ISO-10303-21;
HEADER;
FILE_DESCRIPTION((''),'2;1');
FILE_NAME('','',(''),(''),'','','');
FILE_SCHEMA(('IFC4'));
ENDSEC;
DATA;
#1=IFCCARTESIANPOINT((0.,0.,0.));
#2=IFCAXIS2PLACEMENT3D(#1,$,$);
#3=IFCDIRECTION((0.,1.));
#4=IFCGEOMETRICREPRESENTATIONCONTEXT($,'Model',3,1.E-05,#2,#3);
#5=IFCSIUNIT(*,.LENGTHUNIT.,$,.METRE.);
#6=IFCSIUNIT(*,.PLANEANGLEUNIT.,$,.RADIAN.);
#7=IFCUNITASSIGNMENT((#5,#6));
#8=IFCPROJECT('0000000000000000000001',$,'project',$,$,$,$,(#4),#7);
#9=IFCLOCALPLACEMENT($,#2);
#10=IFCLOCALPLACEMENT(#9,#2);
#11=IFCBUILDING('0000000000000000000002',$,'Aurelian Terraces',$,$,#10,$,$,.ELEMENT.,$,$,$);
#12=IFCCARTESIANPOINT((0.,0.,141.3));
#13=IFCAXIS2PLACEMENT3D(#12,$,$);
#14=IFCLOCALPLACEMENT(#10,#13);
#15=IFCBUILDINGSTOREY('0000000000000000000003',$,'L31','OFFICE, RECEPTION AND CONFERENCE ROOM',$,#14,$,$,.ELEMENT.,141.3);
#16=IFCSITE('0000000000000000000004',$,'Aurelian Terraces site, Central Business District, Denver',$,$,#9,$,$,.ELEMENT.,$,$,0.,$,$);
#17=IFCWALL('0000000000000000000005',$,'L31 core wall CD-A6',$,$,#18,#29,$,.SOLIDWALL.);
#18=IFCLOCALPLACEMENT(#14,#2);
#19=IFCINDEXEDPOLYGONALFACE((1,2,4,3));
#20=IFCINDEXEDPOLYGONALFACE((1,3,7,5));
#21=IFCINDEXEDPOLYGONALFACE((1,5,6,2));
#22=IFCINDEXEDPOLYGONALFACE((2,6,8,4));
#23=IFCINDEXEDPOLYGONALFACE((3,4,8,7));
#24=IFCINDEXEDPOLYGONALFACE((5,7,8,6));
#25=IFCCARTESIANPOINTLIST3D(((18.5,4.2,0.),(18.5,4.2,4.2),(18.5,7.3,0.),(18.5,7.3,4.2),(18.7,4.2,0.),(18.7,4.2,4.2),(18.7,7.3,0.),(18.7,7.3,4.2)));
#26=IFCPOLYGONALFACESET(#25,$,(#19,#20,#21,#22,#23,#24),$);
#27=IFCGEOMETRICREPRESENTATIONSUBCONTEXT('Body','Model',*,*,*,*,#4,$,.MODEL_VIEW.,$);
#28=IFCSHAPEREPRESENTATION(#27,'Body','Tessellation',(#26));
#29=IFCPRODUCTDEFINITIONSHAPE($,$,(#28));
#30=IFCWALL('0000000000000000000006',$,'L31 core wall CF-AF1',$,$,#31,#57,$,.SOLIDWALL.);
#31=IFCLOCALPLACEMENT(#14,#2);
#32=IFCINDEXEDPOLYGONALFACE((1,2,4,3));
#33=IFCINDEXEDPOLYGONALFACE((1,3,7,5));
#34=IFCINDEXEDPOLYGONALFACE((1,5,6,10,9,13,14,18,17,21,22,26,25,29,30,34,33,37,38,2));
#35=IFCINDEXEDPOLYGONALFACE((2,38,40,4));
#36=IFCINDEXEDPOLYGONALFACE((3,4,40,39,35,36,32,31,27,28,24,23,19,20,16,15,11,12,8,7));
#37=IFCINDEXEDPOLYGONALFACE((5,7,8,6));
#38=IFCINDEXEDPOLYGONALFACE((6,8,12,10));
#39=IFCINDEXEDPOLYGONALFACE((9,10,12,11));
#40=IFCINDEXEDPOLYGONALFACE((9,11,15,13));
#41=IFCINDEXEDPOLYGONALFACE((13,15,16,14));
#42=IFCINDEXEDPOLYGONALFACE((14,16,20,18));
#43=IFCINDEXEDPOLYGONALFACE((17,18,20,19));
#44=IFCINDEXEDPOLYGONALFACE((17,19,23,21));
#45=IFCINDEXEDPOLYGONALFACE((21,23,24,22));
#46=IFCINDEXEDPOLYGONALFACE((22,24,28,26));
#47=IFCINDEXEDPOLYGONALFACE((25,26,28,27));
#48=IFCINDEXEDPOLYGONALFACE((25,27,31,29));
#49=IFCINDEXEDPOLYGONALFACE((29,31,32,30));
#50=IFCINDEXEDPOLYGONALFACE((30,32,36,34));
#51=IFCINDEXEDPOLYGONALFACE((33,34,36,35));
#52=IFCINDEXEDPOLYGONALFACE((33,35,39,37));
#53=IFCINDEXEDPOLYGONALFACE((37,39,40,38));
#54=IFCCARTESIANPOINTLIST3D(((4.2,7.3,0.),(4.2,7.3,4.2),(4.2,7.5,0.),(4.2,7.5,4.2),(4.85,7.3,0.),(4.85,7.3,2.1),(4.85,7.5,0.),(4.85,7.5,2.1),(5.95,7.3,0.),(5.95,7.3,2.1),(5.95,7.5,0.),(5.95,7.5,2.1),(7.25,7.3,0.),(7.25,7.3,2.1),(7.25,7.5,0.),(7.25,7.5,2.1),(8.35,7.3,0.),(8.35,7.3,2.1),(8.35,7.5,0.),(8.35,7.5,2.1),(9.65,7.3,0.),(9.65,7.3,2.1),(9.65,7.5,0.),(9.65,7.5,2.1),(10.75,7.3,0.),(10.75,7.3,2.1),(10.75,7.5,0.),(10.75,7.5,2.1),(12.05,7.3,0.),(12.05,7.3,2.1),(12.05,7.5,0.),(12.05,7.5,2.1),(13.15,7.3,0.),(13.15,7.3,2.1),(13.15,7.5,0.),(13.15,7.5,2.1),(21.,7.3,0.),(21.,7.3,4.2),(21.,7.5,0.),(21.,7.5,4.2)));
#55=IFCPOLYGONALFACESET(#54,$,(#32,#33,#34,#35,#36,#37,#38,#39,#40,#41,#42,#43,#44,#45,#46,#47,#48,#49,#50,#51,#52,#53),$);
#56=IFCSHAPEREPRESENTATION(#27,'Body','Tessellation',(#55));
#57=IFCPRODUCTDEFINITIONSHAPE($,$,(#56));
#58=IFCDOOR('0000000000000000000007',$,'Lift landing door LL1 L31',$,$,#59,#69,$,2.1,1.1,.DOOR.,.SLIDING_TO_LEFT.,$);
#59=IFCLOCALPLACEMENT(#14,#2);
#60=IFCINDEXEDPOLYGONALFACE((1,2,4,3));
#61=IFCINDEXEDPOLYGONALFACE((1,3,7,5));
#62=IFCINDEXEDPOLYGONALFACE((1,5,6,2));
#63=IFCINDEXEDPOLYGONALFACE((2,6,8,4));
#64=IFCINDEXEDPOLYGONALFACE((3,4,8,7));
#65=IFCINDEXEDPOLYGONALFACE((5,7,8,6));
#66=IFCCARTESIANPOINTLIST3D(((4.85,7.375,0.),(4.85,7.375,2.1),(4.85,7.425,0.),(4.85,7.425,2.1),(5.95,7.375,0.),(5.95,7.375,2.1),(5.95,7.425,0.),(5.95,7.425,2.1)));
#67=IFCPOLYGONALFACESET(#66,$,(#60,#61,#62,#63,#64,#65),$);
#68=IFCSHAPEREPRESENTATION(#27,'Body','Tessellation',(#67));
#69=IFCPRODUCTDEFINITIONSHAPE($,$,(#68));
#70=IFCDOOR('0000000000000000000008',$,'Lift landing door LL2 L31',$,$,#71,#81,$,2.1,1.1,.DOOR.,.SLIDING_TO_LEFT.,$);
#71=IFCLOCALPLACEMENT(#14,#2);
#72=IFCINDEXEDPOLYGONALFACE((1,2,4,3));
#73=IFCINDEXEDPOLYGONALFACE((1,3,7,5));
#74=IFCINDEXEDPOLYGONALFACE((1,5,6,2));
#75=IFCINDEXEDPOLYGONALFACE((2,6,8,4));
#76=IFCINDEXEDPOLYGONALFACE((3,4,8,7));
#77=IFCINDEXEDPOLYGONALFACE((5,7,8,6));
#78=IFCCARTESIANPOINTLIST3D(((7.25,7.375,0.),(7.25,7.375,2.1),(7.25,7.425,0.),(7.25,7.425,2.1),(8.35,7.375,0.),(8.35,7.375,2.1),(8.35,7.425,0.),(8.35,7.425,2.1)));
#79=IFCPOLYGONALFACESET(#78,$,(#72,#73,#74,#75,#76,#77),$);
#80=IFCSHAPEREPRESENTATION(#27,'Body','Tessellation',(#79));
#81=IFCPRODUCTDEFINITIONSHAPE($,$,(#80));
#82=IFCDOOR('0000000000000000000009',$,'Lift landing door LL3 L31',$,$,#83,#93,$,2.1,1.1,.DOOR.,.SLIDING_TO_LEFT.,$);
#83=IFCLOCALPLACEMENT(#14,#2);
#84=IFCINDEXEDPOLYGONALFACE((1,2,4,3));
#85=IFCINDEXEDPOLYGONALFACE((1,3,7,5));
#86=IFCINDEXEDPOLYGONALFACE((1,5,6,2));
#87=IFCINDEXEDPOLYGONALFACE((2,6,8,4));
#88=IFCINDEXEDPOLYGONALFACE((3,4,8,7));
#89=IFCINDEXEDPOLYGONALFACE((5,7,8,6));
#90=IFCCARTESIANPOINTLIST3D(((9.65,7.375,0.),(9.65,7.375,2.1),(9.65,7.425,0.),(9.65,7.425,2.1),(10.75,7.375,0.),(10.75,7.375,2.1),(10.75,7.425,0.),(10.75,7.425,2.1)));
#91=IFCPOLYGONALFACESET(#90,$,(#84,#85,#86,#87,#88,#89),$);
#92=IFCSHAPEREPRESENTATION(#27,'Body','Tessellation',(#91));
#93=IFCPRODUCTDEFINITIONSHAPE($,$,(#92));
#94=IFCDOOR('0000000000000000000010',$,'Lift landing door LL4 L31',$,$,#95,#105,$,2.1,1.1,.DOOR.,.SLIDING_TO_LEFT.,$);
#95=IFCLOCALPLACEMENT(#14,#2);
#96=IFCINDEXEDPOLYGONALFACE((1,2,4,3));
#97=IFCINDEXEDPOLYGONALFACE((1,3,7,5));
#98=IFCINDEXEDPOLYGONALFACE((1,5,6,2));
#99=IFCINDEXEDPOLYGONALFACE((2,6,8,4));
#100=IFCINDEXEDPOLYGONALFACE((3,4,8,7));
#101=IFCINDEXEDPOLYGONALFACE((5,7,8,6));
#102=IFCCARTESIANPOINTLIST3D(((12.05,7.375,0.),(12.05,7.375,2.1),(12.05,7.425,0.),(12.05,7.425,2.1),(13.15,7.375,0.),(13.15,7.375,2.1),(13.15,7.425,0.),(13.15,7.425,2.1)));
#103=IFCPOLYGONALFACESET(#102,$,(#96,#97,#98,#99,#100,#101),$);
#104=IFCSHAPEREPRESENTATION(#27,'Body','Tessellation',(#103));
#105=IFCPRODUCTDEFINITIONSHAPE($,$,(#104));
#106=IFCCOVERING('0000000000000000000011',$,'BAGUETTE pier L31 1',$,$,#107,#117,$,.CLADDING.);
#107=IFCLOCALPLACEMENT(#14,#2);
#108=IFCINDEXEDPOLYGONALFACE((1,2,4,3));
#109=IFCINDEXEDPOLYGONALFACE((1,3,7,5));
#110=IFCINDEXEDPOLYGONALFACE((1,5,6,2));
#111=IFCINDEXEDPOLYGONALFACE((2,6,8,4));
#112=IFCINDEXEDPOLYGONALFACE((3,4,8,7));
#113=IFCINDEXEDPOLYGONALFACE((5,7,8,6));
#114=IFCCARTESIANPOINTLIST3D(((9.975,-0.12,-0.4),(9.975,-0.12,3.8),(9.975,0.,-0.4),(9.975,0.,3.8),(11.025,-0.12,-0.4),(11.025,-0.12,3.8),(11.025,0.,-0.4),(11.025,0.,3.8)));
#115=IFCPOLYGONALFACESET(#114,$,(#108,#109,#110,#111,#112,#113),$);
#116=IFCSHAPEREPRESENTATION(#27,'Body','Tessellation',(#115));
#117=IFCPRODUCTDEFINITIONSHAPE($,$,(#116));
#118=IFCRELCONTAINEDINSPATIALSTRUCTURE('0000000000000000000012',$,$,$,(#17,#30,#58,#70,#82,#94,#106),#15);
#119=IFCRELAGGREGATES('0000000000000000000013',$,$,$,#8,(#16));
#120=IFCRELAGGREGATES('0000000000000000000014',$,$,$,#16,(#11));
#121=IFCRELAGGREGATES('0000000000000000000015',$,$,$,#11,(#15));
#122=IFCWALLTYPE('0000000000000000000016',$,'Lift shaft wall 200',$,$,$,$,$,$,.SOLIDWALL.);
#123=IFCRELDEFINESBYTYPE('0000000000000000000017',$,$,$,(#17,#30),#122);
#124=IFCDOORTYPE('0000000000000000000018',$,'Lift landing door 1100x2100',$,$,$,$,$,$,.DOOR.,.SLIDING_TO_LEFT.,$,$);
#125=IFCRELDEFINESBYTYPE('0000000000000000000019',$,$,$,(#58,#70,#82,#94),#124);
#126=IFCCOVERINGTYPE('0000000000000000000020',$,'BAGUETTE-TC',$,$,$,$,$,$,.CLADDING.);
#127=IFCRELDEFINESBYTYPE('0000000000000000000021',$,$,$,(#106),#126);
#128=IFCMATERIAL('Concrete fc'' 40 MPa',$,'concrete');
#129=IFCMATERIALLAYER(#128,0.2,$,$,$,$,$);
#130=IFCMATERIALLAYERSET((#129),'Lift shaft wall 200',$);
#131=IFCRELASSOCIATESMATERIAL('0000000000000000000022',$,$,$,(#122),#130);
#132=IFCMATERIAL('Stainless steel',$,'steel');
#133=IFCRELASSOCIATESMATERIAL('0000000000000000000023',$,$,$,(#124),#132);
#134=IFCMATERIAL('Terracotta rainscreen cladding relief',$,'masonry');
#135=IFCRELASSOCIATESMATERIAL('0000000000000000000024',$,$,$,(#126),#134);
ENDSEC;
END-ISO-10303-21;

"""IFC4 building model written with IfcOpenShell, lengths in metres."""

from ifc_helpers import new_model, si_unit, direction, frame, frame_2d, origin, origin_2d, place, context, subcontext, project, spatial, rectangle, extrude, source, transform, mapped, material, layer, layer_set, type_object, element, fill, save


model = new_model("IFC4")

# Units and contexts
model_context = context("Model", 3, precision=1e-05, world=origin(), true_north=direction((0.0, 1.0)))
body_context = subcontext(model_context, "Body", "Model", "MODEL_VIEW")
ifc_project = project(units=[si_unit("LENGTHUNIT", "METRE"), si_unit("PLANEANGLEUNIT", "RADIAN")], contexts=[model_context])

# Site, building, storey
site_placement = place(None, origin())
site = spatial("IfcSite", under=ifc_project, at=site_placement, Name="Aurelian Terraces site, Central Business District, Denver", CompositionType="ELEMENT", RefElevation=0.0)
building_placement = place(site_placement, origin())
building = spatial("IfcBuilding", under=site, at=building_placement, Name="Aurelian Terraces", CompositionType="ELEMENT")
storey_placement = place(building_placement, frame((0.0, 0.0, 141.3)))
storey = spatial("IfcBuildingStorey", under=building, at=storey_placement, Name="L31", Description="OFFICE, RECEPTION AND CONFERENCE ROOM", CompositionType="ELEMENT", Elevation=141.3)

# Wall
ifc_material_1 = material(Name="Concrete fc' 40 MPa", Category="concrete")
ifc_layer_1 = layer(ifc_material_1, 0.2)
ifc_layer_set_1 = layer_set([ifc_layer_1], Name="Lift shaft wall 200")
wall_type_1 = type_object("IfcWallType", Name="Lift shaft wall 200", PredefinedType="SOLIDWALL", material=ifc_layer_set_1)
shared_shape_1 = source(origin(), body_context, "Body", "SweptSolid", [
    extrude(rectangle(XDim=3.1, YDim=0.2, at=frame_2d((1.55, 0.0))), origin(), (0.0, 0.0, 1.0), 4.2),
])
for number, where, z_axis, x_axis, name in (
    (1, (18.6, 4.2, 0.0), (0.0, 0.0, 1.0), (0.0, 1.0, 0.0), "L31 core wall CD-A6"),
):
    element("IfcWall", number, at=place(storey_placement, frame(where, z_axis=z_axis, x_axis=x_axis)), inside=storey, type_object=wall_type_1, Name=name, PredefinedType="SOLIDWALL", context=body_context, shape_type="MappedRepresentation", body=[
        mapped(shared_shape_1, transform((0.0, 0.0, 0.0), scale=1.0)),
    ])

# Wall, openings, doors
shared_shape_2 = source(origin(), body_context, "Body", "SweptSolid", [
    extrude(rectangle(XDim=16.8, YDim=0.2, at=frame_2d((8.4, 0.0))), origin(), (0.0, 0.0, 1.0), 4.2),
])
wall_1_placement = place(storey_placement, frame((4.2, 7.4, 0.0), z_axis=(0.0, 0.0, 1.0), x_axis=(1.0, 0.0, 0.0)))
wall_1 = element("IfcWall", 2, at=wall_1_placement, inside=storey, type_object=wall_type_1, Name="L31 core wall CF-AF1", PredefinedType="SOLIDWALL", context=body_context, shape_type="MappedRepresentation", body=[
    mapped(shared_shape_2, transform((0.0, 0.0, 0.0), scale=1.0)),
])
shared_shape_3 = source(origin(), body_context, "Body", "SweptSolid", [
    extrude(rectangle(XDim=1.1, YDim=2.1, at=frame_2d((0.55, 1.05))), frame((0.0, 0.11, 0.0), z_axis=(0.0, -1.0, 0.0), x_axis=(1.0, 0.0, 0.0)), (0.0, 0.0, 1.0), 0.22),
])
opening_1_placement = place(wall_1_placement, frame((0.65, 0.0, 0.0)))
opening_1 = element("IfcOpeningElement", 3, at=opening_1_placement, cuts=wall_1, PredefinedType="OPENING", context=body_context, shape_type="MappedRepresentation", body=[
    mapped(shared_shape_3, transform((0.0, 0.0, 0.0), scale=1.0)),
])
opening_2_placement = place(wall_1_placement, frame((3.05, 0.0, 0.0)))
opening_2 = element("IfcOpeningElement", 4, at=opening_2_placement, cuts=wall_1, PredefinedType="OPENING", context=body_context, shape_type="MappedRepresentation", body=[
    mapped(shared_shape_3, transform((0.0, 0.0, 0.0), scale=1.0)),
])
opening_3_placement = place(wall_1_placement, frame((5.45, 0.0, 0.0)))
opening_3 = element("IfcOpeningElement", 5, at=opening_3_placement, cuts=wall_1, PredefinedType="OPENING", context=body_context, shape_type="MappedRepresentation", body=[
    mapped(shared_shape_3, transform((0.0, 0.0, 0.0), scale=1.0)),
])
opening_4_placement = place(wall_1_placement, frame((7.85, 0.0, 0.0)))
opening_4 = element("IfcOpeningElement", 6, at=opening_4_placement, cuts=wall_1, PredefinedType="OPENING", context=body_context, shape_type="MappedRepresentation", body=[
    mapped(shared_shape_3, transform((0.0, 0.0, 0.0), scale=1.0)),
])
ifc_material_2 = material(Name="Stainless steel", Category="steel")
door_type_1 = type_object("IfcDoorType", Name="Lift landing door 1100x2100", OperationType="SLIDING_TO_LEFT", PredefinedType="DOOR", material=ifc_material_2)
shared_shape_4 = source(origin(), body_context, "Body", "SweptSolid", [
    extrude(rectangle(XDim=1.1, YDim=2.1, at=frame_2d((0.55, 1.05))), frame((0.0, 0.025, 0.0), z_axis=(0.0, -1.0, 0.0), x_axis=(1.0, 0.0, 0.0)), (0.0, 0.0, 1.0), 0.05),
])
door_1_placement = place(opening_1_placement, origin())
door_1 = element("IfcDoor", 7, at=door_1_placement, inside=storey, type_object=door_type_1, Name="Lift landing door LL1 L31", OperationType="SLIDING_TO_LEFT", OverallHeight=2.1, OverallWidth=1.1, PredefinedType="DOOR", context=body_context, shape_type="MappedRepresentation", body=[
    mapped(shared_shape_4, transform((0.0, 0.0, 0.0), scale=1.0)),
])
fill(opening_1, door_1)
door_2_placement = place(opening_2_placement, origin())
door_2 = element("IfcDoor", 8, at=door_2_placement, inside=storey, type_object=door_type_1, Name="Lift landing door LL2 L31", OperationType="SLIDING_TO_LEFT", OverallHeight=2.1, OverallWidth=1.1, PredefinedType="DOOR", context=body_context, shape_type="MappedRepresentation", body=[
    mapped(shared_shape_4, transform((0.0, 0.0, 0.0), scale=1.0)),
])
fill(opening_2, door_2)
door_3_placement = place(opening_3_placement, origin())
door_3 = element("IfcDoor", 9, at=door_3_placement, inside=storey, type_object=door_type_1, Name="Lift landing door LL3 L31", OperationType="SLIDING_TO_LEFT", OverallHeight=2.1, OverallWidth=1.1, PredefinedType="DOOR", context=body_context, shape_type="MappedRepresentation", body=[
    mapped(shared_shape_4, transform((0.0, 0.0, 0.0), scale=1.0)),
])
fill(opening_3, door_3)
door_4_placement = place(opening_4_placement, origin())
door_4 = element("IfcDoor", 10, at=door_4_placement, inside=storey, type_object=door_type_1, Name="Lift landing door LL4 L31", OperationType="SLIDING_TO_LEFT", OverallHeight=2.1, OverallWidth=1.1, PredefinedType="DOOR", context=body_context, shape_type="MappedRepresentation", body=[
    mapped(shared_shape_4, transform((0.0, 0.0, 0.0), scale=1.0)),
])
fill(opening_4, door_4)

# Covering
ifc_material_3 = material(Name="Terracotta rainscreen cladding relief", Category="masonry")
covering_type = type_object("IfcCoveringType", Name="BAGUETTE-TC", PredefinedType="CLADDING", material=ifc_material_3)
shared_shape_5 = source(origin(), body_context, "Body", "SweptSolid", [
    extrude(rectangle(XDim=1.05, YDim=0.12, at=origin_2d()), origin(), (0.0, 0.0, 1.0), 4.2),
])
covering_placement = place(storey_placement, frame((10.5, -0.06, -0.4), z_axis=(0.0, 0.0, 1.0), x_axis=(1.0, 0.0, 0.0)))
element("IfcCovering", 11, at=covering_placement, inside=storey, type_object=covering_type, Name="BAGUETTE pier L31 1", PredefinedType="CLADDING", context=body_context, shape_type="MappedRepresentation", body=[
    mapped(shared_shape_5, transform((0.0, 0.0, 0.0), scale=1.0)),
])

save(model, "model.ifc")
